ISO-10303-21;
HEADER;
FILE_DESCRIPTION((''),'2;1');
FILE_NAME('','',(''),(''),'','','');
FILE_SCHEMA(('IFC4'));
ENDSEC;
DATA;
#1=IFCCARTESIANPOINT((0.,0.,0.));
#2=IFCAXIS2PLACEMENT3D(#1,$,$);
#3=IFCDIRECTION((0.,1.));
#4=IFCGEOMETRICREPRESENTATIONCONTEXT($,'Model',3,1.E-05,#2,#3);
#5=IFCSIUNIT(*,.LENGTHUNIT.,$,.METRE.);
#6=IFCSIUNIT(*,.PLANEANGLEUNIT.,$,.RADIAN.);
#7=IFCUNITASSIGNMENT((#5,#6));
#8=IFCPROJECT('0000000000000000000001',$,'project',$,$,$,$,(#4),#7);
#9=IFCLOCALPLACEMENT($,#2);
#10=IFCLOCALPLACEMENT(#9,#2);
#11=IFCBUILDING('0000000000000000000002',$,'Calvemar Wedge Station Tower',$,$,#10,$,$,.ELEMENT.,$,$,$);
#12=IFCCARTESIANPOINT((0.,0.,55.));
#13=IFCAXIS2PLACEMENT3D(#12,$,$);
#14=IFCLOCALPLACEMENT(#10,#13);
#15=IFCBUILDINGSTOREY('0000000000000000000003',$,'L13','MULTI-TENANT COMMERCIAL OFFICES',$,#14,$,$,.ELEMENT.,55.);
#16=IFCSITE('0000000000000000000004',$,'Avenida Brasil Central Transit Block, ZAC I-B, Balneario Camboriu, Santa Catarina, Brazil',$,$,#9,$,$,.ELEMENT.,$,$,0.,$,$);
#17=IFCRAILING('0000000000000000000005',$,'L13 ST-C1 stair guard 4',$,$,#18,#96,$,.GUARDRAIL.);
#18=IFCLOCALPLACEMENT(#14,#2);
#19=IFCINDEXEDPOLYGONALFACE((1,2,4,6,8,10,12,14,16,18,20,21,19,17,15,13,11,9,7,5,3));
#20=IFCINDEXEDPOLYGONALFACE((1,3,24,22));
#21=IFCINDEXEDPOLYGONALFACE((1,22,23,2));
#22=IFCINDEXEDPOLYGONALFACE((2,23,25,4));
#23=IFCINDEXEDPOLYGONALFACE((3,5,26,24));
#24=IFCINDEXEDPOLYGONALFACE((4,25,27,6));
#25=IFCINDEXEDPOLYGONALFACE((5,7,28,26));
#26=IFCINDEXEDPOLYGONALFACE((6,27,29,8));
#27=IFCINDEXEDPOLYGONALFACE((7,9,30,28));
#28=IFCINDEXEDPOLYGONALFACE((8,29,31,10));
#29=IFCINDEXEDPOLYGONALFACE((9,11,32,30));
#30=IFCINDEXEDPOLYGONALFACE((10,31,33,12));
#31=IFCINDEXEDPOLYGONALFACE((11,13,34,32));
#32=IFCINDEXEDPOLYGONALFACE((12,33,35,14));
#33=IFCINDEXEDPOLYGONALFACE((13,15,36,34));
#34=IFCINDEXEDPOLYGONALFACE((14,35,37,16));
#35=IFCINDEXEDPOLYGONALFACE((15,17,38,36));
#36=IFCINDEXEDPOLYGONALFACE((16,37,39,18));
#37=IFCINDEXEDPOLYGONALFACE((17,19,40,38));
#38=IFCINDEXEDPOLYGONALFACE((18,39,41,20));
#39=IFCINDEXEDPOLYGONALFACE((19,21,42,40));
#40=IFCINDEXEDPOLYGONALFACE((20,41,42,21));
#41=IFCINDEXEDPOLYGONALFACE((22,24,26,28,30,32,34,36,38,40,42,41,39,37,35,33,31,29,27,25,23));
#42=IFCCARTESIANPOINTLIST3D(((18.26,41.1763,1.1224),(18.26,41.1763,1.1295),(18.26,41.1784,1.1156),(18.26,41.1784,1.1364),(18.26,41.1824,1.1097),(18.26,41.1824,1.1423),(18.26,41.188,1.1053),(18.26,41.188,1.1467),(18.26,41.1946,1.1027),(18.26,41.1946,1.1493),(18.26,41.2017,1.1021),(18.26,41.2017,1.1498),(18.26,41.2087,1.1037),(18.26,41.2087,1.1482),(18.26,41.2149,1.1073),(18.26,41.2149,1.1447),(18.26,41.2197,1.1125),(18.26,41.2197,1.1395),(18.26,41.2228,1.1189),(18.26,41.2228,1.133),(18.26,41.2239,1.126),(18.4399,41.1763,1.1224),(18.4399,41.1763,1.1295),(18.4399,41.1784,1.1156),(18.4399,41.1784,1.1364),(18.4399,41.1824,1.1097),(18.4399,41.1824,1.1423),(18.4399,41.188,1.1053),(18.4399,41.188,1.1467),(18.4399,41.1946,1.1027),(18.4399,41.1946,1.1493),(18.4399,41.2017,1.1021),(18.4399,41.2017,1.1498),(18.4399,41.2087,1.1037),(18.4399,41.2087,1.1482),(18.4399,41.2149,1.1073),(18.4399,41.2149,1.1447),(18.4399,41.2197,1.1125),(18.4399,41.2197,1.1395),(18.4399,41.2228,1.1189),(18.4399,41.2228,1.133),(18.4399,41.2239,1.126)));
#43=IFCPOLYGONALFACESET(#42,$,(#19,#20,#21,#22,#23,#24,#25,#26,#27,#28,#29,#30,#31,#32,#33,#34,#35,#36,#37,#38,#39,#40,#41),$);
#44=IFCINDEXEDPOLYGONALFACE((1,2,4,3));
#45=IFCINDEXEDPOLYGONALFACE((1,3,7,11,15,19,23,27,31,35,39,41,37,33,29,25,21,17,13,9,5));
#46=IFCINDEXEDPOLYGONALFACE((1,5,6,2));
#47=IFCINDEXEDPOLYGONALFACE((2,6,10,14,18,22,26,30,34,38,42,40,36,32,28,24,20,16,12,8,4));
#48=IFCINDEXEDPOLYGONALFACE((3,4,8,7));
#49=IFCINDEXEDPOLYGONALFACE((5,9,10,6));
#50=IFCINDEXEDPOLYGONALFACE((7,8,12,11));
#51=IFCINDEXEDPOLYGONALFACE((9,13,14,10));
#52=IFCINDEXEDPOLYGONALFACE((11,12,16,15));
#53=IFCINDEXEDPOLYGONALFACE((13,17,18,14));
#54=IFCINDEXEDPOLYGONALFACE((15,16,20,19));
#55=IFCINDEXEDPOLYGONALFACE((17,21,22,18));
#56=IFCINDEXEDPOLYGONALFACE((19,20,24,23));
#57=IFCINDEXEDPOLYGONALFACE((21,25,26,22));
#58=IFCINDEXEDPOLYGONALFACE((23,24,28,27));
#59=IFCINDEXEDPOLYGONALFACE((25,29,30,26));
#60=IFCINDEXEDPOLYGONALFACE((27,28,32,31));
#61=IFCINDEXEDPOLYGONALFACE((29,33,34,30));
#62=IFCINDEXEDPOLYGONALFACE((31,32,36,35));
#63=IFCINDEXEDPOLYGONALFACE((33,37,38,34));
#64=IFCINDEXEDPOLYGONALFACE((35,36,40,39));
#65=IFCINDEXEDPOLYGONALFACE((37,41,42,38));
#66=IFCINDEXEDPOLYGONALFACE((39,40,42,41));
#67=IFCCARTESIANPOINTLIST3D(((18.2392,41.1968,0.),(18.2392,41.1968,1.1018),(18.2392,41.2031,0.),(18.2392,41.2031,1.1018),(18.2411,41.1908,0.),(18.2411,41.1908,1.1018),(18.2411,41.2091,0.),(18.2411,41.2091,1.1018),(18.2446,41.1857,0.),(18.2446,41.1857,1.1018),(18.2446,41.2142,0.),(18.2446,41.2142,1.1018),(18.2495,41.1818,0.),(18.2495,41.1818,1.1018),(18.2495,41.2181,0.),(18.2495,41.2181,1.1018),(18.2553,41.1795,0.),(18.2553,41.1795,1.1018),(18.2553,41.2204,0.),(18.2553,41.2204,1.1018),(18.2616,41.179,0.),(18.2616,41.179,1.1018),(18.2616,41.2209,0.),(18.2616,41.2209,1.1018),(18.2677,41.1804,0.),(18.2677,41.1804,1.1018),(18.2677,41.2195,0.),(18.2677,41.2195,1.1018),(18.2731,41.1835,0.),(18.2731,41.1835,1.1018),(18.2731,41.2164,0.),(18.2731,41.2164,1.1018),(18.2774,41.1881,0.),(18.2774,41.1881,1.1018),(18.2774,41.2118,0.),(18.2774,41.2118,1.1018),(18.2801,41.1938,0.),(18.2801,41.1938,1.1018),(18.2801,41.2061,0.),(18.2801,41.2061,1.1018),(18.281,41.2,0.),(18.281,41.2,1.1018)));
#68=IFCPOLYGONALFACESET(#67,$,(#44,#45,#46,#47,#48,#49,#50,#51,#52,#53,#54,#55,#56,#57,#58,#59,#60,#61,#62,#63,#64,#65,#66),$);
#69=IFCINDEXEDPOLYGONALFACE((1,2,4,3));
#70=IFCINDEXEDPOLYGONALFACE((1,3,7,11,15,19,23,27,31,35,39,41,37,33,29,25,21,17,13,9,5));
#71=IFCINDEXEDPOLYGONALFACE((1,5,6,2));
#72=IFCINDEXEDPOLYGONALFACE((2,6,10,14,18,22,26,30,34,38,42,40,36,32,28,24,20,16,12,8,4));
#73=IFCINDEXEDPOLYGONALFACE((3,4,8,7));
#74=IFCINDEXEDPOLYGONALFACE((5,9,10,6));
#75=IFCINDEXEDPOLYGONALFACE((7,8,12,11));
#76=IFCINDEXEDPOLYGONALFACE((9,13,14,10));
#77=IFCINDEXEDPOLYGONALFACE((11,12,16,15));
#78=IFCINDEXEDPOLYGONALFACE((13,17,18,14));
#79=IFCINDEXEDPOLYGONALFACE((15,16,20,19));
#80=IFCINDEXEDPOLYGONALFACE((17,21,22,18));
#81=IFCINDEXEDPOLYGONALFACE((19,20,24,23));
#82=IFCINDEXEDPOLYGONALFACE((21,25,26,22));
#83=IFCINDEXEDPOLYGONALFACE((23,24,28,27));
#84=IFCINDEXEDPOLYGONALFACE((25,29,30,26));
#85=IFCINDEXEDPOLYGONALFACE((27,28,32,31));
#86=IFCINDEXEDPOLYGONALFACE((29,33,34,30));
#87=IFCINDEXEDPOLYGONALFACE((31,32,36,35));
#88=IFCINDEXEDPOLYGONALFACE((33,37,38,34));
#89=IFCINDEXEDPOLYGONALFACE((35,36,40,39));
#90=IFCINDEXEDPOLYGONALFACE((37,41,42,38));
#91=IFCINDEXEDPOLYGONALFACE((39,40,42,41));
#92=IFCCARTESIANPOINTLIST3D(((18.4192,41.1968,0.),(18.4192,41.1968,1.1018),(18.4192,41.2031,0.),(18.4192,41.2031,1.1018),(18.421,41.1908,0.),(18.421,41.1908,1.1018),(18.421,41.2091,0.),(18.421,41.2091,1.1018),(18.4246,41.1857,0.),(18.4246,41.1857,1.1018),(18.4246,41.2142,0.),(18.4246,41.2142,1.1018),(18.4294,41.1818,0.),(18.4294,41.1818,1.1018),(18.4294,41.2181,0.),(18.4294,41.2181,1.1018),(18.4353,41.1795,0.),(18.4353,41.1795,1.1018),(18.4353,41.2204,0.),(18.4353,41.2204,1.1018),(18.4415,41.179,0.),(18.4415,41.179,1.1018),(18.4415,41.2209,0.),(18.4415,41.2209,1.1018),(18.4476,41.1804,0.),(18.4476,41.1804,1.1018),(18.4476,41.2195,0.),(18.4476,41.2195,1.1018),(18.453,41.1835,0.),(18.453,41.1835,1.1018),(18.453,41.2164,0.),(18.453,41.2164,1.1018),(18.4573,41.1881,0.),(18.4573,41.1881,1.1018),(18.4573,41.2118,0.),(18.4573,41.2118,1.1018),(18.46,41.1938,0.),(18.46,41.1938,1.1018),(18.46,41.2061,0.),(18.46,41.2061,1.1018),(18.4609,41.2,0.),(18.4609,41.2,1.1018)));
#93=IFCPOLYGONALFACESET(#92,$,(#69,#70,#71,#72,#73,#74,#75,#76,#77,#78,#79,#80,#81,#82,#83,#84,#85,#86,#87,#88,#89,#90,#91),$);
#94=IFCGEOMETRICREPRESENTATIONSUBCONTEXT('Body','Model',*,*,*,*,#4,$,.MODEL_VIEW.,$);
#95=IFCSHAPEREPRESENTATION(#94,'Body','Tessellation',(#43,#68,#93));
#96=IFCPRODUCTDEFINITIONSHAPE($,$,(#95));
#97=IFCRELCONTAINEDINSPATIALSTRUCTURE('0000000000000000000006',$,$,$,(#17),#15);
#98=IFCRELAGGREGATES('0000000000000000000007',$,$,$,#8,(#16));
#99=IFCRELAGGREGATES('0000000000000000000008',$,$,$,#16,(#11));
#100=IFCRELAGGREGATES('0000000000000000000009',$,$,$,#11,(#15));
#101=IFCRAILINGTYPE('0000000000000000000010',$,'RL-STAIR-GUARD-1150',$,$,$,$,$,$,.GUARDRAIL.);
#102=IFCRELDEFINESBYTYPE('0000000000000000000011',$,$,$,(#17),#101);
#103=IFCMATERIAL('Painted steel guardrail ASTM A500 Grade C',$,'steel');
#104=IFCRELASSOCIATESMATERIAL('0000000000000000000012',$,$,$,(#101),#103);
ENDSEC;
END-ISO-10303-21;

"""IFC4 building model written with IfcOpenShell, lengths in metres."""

from ifc_helpers import new_model, si_unit, direction, frame, origin, origin_2d, place, context, subcontext, project, spatial, circle, extrude, material, type_object, element, save


model = new_model("IFC4")

# Units and contexts
model_context = context("Model", 3, precision=1e-05, world=origin(), true_north=direction((0.0, 1.0)))
body_context = subcontext(model_context, "Body", "Model", "MODEL_VIEW")
ifc_project = project(units=[si_unit("LENGTHUNIT", "METRE"), si_unit("PLANEANGLEUNIT", "RADIAN")], contexts=[model_context])

# Site, building, storey
site_placement = place(None, origin())
site = spatial("IfcSite", under=ifc_project, at=site_placement, Name="Avenida Brasil Central Transit Block, ZAC I-B, Balneario Camboriu, Santa Catarina, Brazil", CompositionType="ELEMENT", RefElevation=0.0)
building_placement = place(site_placement, origin())
building = spatial("IfcBuilding", under=site, at=building_placement, Name="Calvemar Wedge Station Tower", CompositionType="ELEMENT")
storey_placement = place(building_placement, frame((0.0, 0.0, 55.0)))
storey = spatial("IfcBuildingStorey", under=building, at=storey_placement, Name="L13", Description="MULTI-TENANT COMMERCIAL OFFICES", CompositionType="ELEMENT", Elevation=55.0)

# Railing
ifc_material_1 = material(Name="Painted steel guardrail ASTM A500 Grade C", Category="steel")
railing_type_1 = type_object("IfcRailingType", Name="RL-STAIR-GUARD-1150", PredefinedType="GUARDRAIL", material=ifc_material_1)
railing_1_placement = place(storey_placement, frame((18.26, 41.2, 0.0)))
element("IfcRailing", 1, at=railing_1_placement, inside=storey, type_object=railing_type_1, Name="L13 ST-C1 stair guard 4", PredefinedType="GUARDRAIL", context=body_context, shape_type="SweptSolid", body=[
    extrude(circle(Radius=0.0239, at=origin_2d()), frame((0.0, 0.0, 1.126), z_axis=(1.0, 0.0, 0.0), x_axis=(0.0, 1.0, 0.0)), (0.0, 0.0, 1.0), 0.1799),
    extrude(circle(Radius=0.021, at=origin_2d()), origin(), (0.0, 0.0, 1.0), 1.1018),
    extrude(circle(Radius=0.021, at=origin_2d()), frame((0.1799, 0.0, 0.0)), (0.0, 0.0, 1.0), 1.1018),
])

save(model, "model.ifc")
